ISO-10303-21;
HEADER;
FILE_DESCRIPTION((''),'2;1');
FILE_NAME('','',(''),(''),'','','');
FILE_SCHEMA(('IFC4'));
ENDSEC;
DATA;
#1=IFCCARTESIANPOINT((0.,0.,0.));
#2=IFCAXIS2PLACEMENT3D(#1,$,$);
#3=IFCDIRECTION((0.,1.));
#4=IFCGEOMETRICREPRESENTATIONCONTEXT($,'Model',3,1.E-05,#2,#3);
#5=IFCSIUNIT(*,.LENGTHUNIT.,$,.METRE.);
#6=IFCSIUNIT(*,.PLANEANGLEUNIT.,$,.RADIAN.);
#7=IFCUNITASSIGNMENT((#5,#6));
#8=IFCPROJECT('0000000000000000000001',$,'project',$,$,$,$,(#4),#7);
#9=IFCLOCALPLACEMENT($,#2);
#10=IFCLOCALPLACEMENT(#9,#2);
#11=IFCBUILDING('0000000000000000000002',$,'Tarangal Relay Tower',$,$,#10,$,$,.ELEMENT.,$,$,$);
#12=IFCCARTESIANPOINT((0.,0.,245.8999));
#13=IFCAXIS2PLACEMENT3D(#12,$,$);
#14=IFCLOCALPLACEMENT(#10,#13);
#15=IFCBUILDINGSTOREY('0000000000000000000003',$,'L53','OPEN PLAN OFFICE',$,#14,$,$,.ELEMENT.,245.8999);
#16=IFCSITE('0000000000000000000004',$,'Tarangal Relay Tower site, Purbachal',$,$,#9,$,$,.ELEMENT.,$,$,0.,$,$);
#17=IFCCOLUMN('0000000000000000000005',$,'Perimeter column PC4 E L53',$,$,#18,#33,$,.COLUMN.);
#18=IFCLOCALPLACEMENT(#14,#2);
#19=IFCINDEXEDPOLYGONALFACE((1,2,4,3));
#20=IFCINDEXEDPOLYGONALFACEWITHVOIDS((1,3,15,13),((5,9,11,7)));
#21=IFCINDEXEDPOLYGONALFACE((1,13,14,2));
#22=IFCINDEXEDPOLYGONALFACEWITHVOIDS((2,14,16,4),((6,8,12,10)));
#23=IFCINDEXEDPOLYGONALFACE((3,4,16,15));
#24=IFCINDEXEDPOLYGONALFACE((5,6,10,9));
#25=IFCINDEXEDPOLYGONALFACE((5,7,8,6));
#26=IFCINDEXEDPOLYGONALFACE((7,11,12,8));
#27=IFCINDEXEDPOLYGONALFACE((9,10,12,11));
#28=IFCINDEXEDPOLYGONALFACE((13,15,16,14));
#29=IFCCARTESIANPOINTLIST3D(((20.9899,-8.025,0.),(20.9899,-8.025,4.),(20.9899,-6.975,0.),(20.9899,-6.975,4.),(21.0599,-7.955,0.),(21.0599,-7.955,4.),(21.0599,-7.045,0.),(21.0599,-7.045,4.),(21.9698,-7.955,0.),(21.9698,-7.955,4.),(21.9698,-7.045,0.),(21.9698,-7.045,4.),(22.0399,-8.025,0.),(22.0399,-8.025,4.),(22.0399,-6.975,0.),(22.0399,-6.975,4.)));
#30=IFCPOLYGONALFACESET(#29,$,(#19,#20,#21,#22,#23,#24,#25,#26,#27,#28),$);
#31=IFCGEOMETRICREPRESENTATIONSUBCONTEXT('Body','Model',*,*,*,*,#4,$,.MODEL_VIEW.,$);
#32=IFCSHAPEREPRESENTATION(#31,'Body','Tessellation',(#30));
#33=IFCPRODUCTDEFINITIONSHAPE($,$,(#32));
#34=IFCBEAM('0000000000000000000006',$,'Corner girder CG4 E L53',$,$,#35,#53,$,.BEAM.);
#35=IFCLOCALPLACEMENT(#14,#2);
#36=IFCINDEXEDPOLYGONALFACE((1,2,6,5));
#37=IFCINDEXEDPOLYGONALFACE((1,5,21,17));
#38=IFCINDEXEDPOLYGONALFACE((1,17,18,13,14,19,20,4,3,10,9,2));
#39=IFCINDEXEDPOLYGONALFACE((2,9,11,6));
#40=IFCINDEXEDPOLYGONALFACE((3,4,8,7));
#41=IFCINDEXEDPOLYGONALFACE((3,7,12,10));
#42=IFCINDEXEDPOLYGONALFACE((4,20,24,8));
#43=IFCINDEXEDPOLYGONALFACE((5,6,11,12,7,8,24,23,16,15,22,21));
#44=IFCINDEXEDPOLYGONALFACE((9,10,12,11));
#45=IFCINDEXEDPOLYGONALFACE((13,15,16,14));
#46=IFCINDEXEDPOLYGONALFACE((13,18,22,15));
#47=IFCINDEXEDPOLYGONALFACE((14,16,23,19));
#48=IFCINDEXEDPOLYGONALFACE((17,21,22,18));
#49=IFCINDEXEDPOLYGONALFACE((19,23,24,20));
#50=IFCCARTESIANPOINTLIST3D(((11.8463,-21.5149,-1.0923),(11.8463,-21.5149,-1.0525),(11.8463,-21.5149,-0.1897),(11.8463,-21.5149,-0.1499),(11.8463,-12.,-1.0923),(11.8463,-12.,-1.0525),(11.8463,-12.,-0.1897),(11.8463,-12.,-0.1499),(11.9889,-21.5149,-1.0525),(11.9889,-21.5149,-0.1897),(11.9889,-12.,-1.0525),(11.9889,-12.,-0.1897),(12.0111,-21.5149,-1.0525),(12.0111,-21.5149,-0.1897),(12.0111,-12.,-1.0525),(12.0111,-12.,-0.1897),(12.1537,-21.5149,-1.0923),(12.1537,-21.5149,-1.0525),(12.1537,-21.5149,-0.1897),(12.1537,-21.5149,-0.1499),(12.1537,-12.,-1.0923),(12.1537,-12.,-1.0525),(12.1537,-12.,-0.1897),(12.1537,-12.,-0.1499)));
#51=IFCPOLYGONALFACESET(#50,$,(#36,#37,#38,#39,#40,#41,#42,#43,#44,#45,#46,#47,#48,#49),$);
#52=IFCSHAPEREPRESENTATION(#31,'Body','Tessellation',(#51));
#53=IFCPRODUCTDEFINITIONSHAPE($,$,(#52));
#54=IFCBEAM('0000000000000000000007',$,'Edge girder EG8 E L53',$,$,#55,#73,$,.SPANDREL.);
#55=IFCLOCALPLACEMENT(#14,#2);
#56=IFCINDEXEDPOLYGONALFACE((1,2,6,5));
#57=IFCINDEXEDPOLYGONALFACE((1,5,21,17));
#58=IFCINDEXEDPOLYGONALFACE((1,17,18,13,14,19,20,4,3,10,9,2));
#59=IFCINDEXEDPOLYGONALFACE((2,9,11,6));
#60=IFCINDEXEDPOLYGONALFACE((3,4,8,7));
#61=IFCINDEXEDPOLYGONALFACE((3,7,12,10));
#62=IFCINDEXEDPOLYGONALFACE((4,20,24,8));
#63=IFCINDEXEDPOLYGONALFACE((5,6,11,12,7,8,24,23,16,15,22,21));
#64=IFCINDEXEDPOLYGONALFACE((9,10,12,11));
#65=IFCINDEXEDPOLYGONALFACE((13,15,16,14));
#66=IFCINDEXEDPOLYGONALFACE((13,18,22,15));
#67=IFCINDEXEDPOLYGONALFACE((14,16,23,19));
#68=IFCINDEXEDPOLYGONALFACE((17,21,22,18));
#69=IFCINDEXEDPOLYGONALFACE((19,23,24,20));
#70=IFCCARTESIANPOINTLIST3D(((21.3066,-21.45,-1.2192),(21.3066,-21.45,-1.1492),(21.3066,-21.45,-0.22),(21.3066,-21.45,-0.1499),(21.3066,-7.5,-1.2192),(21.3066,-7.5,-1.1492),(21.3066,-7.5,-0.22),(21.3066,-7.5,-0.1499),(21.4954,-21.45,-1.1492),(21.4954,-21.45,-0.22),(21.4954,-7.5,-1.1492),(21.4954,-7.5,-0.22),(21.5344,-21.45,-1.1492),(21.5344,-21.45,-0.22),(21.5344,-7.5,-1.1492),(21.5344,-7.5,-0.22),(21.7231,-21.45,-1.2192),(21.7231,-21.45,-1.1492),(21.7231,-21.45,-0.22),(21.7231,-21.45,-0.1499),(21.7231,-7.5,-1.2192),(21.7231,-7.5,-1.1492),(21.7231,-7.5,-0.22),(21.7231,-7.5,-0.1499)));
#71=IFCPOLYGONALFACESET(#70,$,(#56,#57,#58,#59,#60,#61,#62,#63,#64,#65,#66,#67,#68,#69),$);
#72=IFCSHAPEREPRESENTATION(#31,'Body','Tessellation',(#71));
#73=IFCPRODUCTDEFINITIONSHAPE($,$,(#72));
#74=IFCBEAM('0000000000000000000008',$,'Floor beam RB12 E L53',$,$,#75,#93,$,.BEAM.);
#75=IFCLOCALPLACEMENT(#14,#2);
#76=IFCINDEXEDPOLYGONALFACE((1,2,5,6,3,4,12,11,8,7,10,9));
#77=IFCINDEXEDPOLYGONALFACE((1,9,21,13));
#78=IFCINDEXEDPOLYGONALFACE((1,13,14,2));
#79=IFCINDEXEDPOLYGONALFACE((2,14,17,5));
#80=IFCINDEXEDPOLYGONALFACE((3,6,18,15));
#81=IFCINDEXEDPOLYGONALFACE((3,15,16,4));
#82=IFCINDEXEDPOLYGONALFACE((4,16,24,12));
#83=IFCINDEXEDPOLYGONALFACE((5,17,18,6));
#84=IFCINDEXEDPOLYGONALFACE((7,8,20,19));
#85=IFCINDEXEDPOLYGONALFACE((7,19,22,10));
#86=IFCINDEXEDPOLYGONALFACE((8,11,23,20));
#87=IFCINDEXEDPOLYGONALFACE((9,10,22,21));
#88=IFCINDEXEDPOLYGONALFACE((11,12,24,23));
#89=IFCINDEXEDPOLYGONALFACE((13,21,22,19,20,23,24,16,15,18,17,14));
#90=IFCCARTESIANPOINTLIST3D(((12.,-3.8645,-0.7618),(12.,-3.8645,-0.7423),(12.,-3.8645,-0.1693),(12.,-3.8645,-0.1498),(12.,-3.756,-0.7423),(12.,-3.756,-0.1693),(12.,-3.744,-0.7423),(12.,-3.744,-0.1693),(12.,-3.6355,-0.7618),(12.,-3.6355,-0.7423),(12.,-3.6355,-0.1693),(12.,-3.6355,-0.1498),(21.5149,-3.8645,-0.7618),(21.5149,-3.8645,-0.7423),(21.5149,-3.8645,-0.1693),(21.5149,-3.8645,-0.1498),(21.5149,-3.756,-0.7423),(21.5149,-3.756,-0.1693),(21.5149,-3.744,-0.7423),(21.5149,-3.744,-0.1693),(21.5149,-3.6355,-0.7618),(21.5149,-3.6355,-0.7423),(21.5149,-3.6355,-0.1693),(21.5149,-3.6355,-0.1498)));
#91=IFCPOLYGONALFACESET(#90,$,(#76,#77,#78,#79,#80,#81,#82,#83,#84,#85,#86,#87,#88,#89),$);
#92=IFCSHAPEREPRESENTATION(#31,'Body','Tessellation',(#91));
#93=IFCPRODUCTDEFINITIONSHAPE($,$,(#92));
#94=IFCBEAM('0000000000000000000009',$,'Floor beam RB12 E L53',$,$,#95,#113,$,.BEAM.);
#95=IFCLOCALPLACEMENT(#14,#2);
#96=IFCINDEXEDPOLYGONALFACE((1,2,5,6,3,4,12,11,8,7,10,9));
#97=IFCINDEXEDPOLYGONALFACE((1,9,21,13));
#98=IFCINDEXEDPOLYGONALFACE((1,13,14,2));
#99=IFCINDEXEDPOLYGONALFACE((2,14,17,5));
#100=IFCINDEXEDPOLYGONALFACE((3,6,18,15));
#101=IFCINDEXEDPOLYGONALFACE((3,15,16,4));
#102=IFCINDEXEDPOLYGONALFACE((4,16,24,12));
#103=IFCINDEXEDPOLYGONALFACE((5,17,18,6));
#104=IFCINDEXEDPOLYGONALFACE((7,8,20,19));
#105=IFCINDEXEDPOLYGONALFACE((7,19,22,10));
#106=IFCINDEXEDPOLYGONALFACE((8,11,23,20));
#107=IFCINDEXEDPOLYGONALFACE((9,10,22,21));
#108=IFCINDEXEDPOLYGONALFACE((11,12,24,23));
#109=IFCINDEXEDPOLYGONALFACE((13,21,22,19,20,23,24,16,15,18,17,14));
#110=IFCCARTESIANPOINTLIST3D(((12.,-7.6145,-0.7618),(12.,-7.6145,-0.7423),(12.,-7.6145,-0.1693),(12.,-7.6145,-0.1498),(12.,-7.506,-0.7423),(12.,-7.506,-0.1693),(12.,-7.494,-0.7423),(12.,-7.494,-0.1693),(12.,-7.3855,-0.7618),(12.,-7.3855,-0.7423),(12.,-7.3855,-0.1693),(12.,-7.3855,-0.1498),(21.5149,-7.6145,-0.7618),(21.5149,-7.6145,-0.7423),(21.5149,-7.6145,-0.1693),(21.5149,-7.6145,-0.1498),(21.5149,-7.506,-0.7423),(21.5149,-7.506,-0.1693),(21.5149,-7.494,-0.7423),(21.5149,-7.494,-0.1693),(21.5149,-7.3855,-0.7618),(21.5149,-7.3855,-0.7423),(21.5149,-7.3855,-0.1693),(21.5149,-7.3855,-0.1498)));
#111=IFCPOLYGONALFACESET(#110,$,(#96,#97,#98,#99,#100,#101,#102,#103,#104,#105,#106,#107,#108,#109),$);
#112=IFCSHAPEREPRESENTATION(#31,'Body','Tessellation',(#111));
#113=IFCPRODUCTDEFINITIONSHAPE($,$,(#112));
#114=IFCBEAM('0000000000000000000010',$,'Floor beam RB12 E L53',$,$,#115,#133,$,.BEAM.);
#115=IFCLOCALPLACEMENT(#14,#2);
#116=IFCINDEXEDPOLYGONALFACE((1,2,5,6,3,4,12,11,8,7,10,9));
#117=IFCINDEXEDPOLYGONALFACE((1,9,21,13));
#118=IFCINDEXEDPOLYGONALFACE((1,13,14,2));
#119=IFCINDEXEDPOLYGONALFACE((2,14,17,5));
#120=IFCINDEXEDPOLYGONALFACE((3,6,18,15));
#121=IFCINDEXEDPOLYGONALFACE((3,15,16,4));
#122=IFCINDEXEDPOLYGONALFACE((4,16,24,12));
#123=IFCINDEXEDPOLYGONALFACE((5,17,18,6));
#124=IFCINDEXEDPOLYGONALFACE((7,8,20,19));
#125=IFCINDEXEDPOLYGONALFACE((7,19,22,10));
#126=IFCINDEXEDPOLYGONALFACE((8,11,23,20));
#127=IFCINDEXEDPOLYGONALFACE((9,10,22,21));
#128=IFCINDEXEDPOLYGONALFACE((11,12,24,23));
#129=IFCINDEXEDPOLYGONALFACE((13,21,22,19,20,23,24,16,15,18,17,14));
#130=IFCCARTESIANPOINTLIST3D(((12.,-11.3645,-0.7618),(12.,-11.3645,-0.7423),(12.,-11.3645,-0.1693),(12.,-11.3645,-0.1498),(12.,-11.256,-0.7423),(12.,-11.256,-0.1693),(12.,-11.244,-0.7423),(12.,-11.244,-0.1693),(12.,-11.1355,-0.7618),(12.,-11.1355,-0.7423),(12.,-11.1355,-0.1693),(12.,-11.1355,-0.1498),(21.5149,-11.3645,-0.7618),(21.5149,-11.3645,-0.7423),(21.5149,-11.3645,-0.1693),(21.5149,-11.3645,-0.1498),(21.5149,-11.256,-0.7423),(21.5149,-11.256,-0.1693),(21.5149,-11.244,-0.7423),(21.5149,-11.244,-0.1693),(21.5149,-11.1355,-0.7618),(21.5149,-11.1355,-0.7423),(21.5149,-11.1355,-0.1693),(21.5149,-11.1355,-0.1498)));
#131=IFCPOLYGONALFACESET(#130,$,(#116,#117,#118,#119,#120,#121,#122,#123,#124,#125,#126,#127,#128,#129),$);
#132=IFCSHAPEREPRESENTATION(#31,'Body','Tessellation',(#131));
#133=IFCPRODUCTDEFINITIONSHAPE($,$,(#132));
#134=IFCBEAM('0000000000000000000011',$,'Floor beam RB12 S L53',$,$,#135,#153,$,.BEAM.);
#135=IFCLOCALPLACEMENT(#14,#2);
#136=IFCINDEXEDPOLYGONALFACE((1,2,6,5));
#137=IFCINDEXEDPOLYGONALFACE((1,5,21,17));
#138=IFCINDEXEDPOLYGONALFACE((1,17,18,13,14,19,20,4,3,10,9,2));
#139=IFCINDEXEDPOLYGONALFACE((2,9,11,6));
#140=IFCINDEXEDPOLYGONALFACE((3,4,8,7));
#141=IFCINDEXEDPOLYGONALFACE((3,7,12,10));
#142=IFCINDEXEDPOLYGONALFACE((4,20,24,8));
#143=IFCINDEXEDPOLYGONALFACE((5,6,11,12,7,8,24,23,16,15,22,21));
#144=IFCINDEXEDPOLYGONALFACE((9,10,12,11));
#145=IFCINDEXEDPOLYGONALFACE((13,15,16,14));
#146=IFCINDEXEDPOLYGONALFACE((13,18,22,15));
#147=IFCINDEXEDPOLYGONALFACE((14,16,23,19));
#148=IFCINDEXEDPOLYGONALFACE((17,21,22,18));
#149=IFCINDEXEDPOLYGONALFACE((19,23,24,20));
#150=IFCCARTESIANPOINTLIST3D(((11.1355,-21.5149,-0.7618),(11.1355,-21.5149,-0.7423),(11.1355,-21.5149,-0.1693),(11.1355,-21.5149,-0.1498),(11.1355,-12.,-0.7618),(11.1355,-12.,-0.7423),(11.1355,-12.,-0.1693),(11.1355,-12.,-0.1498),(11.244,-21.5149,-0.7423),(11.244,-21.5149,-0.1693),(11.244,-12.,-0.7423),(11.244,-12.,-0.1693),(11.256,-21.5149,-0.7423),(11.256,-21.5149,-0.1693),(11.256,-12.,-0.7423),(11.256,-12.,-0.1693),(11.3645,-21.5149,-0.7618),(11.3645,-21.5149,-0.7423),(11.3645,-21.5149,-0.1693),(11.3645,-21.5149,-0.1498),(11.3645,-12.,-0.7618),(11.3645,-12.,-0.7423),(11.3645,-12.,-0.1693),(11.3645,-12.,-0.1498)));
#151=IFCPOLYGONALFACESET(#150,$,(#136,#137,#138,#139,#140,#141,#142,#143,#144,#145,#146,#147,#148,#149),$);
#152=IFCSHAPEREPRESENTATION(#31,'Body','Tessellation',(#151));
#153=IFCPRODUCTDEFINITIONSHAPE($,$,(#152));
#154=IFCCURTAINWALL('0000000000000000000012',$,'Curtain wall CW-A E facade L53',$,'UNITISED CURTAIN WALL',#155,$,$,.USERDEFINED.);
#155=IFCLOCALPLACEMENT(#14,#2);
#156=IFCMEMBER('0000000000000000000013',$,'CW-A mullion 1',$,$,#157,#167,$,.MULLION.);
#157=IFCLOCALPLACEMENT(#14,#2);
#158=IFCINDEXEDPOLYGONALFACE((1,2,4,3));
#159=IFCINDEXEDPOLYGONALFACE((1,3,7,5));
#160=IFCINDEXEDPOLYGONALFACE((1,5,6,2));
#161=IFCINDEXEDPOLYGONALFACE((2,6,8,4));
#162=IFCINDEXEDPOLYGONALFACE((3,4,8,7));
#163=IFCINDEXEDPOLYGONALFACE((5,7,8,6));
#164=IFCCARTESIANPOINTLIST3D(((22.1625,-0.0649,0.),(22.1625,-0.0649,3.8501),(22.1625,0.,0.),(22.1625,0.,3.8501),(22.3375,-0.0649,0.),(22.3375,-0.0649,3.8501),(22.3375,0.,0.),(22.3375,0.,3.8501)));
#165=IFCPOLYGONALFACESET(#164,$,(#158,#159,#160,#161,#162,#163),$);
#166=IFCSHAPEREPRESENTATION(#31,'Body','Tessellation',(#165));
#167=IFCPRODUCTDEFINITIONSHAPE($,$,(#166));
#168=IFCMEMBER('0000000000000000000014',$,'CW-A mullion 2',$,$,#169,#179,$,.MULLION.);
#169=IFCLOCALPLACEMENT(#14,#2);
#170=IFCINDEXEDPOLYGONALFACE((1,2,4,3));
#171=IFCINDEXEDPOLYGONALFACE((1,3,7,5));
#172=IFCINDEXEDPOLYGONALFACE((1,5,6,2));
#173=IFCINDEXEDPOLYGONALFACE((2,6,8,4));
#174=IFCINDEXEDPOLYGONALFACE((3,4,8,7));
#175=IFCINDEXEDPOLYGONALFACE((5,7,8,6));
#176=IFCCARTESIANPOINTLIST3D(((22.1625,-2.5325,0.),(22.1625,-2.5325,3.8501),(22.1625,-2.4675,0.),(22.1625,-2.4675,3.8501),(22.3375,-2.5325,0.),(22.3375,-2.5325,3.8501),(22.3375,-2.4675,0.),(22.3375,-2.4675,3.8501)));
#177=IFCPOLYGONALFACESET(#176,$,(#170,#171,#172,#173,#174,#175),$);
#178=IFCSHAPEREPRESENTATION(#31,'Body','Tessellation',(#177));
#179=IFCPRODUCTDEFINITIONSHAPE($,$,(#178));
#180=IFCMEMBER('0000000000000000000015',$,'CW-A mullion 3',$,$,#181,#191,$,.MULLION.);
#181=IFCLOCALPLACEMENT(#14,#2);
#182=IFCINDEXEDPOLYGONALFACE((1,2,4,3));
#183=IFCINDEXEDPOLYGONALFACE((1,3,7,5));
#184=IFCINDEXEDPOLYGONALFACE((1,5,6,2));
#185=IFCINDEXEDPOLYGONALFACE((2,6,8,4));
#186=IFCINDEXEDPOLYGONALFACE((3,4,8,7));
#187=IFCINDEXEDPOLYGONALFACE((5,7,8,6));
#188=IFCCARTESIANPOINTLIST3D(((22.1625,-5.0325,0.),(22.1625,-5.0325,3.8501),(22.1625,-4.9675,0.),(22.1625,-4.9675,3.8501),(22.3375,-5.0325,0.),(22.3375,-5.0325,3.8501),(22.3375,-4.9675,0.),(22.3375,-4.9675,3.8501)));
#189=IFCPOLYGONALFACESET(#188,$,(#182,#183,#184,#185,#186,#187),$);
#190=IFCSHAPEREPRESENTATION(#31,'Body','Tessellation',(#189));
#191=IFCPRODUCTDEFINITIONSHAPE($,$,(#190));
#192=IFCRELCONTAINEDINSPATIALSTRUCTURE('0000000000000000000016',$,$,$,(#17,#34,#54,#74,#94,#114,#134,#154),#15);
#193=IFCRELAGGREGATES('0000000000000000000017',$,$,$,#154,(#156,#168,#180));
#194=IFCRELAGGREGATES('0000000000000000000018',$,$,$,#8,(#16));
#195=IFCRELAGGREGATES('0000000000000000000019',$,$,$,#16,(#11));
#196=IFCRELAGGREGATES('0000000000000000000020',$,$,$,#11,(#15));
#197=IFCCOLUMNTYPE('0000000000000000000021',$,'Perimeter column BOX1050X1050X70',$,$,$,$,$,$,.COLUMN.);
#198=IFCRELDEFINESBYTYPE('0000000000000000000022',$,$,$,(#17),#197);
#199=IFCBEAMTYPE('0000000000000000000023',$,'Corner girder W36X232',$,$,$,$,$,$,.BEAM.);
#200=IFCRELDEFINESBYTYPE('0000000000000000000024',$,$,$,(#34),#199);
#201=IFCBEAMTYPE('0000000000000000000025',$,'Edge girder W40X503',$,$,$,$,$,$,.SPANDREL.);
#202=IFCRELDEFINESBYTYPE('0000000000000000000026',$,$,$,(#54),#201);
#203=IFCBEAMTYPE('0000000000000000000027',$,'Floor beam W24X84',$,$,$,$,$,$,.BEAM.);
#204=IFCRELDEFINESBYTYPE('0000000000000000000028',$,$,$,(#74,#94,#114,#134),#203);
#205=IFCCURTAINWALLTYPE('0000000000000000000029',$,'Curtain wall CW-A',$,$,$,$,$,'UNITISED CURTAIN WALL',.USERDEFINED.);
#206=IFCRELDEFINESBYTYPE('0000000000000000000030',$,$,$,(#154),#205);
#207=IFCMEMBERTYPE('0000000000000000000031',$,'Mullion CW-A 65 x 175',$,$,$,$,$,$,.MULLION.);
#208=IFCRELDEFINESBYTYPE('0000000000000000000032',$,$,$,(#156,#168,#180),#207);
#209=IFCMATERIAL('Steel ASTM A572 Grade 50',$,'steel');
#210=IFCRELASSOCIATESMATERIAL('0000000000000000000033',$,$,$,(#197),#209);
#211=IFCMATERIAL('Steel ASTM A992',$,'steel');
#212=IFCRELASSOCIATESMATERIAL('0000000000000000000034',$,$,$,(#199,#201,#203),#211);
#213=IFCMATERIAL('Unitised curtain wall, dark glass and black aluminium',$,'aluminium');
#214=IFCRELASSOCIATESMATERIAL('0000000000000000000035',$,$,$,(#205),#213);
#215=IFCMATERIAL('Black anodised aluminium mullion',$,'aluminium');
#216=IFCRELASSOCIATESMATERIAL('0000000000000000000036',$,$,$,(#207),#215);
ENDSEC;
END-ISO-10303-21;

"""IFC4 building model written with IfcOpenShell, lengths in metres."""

from ifc_helpers import new_model, si_unit, direction, frame, origin, origin_2d, place, context, subcontext, project, spatial, rectangle, hollow_rectangle, i_section, extrude, material, material_profile, profile_set, type_object, element, aggregate, save


model = new_model("IFC4")

# Units and contexts
model_context = context("Model", 3, precision=1e-05, world=origin(), true_north=direction((0.0, 1.0)))
body_context = subcontext(model_context, "Body", "Model", "MODEL_VIEW")
ifc_project = project(units=[si_unit("LENGTHUNIT", "METRE"), si_unit("PLANEANGLEUNIT", "RADIAN")], contexts=[model_context])

# Site, building, storey
site_placement = place(None, origin())
site = spatial("IfcSite", under=ifc_project, at=site_placement, Name="Tarangal Relay Tower site, Purbachal", CompositionType="ELEMENT", RefElevation=0.0)
building_placement = place(site_placement, origin())
building = spatial("IfcBuilding", under=site, at=building_placement, Name="Tarangal Relay Tower", CompositionType="ELEMENT")
storey_placement = place(building_placement, frame((0.0, 0.0, 245.8999)))
storey = spatial("IfcBuildingStorey", under=building, at=storey_placement, Name="L53", Description="OPEN PLAN OFFICE", CompositionType="ELEMENT", Elevation=245.8999)

# Column
ifc_material_1 = material(Name="Steel ASTM A572 Grade 50", Category="steel")
ifc_material_profile_1 = material_profile(ifc_material_1, hollow_rectangle(XDim=1.05, YDim=1.05, WallThickness=0.0701, at=origin_2d()), Name="BOX1050X1050X70")
ifc_profile_set_1 = profile_set([ifc_material_profile_1], Name="Steel ASTM A572 Grade 50")
column_type = type_object("IfcColumnType", Name="Perimeter column BOX1050X1050X70", PredefinedType="COLUMN", material=ifc_profile_set_1)
column_placement = place(storey_placement, frame((21.5149, -7.5, 0.0), z_axis=(0.0, 0.0, 1.0), x_axis=(1.0, 0.0, 0.0)))
element("IfcColumn", 1, at=column_placement, inside=storey, type_object=column_type, Name="Perimeter column PC4 E L53", PredefinedType="COLUMN", context=body_context, shape_type="SweptSolid", body=[
    extrude(hollow_rectangle(XDim=1.05, YDim=1.05, WallThickness=0.0701, at=origin_2d()), origin(), (0.0, 0.0, 1.0), 4.0),
])

# Beams
ifc_material_2 = material(Name="Steel ASTM A992", Category="steel")
ifc_material_profile_2 = material_profile(ifc_material_2, i_section(OverallWidth=0.3074, OverallDepth=0.9424, WebThickness=0.0222, FlangeThickness=0.0398, at=origin_2d()), Name="W36X232")
ifc_profile_set_2 = profile_set([ifc_material_profile_2], Name="Steel ASTM A992")
beam_type_1 = type_object("IfcBeamType", Name="Corner girder W36X232", PredefinedType="BEAM", material=ifc_profile_set_2)
beam_1_placement = place(storey_placement, frame((12.0, -12.0, -0.6211), z_axis=(0.0, -1.0, 0.0), x_axis=(1.0, 0.0, 0.0)))
element("IfcBeam", 2, at=beam_1_placement, inside=storey, type_object=beam_type_1, Name="Corner girder CG4 E L53", PredefinedType="BEAM", context=body_context, shape_type="SweptSolid", body=[
    extrude(i_section(OverallWidth=0.3074, OverallDepth=0.9424, WebThickness=0.0222, FlangeThickness=0.0398, at=origin_2d()), origin(), (0.0, 0.0, 1.0), 9.5149),
])
ifc_material_profile_3 = material_profile(ifc_material_2, i_section(OverallWidth=0.4165, OverallDepth=1.0693, WebThickness=0.0391, FlangeThickness=0.0701, at=origin_2d()), Name="W40X503")
ifc_profile_set_3 = profile_set([ifc_material_profile_3], Name="Steel ASTM A992")
beam_type_2 = type_object("IfcBeamType", Name="Edge girder W40X503", PredefinedType="SPANDREL", material=ifc_profile_set_3)
beam_2_placement = place(storey_placement, frame((21.5149, -7.5, -0.6846), z_axis=(0.0, -1.0, 0.0), x_axis=(1.0, 0.0, 0.0)))
element("IfcBeam", 3, at=beam_2_placement, inside=storey, type_object=beam_type_2, Name="Edge girder EG8 E L53", PredefinedType="SPANDREL", context=body_context, shape_type="SweptSolid", body=[
    extrude(i_section(OverallWidth=0.4165, OverallDepth=1.0693, WebThickness=0.0391, FlangeThickness=0.0701, at=origin_2d()), origin(), (0.0, 0.0, 1.0), 13.95),
])
ifc_material_profile_4 = material_profile(ifc_material_2, i_section(OverallWidth=0.229, OverallDepth=0.6121, WebThickness=0.012, FlangeThickness=0.0195, at=origin_2d()), Name="W24X84")
ifc_profile_set_4 = profile_set([ifc_material_profile_4], Name="Steel ASTM A992")
beam_type_3 = type_object("IfcBeamType", Name="Floor beam W24X84", PredefinedType="BEAM", material=ifc_profile_set_4)
for number, where, z_axis, x_axis, name in (
    (4, (12.0, -3.75, -0.4558), (1.0, 0.0, 0.0), (0.0, 1.0, 0.0), "Floor beam RB12 E L53"),
    (5, (12.0, -7.5, -0.4558), (1.0, 0.0, 0.0), (0.0, 1.0, 0.0), "Floor beam RB12 E L53"),
    (6, (12.0, -11.25, -0.4558), (1.0, 0.0, 0.0), (0.0, 1.0, 0.0), "Floor beam RB12 E L53"),
    (7, (11.25, -12.0, -0.4558), (0.0, -1.0, 0.0), (1.0, 0.0, 0.0), "Floor beam RB12 S L53"),
):
    element("IfcBeam", number, at=place(storey_placement, frame(where, z_axis=z_axis, x_axis=x_axis)), inside=storey, type_object=beam_type_3, Name=name, PredefinedType="BEAM", context=body_context, shape_type="SweptSolid", body=[
        extrude(i_section(OverallWidth=0.229, OverallDepth=0.6121, WebThickness=0.012, FlangeThickness=0.0195, at=origin_2d()), origin(), (0.0, 0.0, 1.0), 9.5149),
    ])

# Curtain wall, members
ifc_material_3 = material(Name="Unitised curtain wall, dark glass and black aluminium", Category="aluminium")
curtain_wall_type = type_object("IfcCurtainWallType", Name="Curtain wall CW-A", ElementType="UNITISED CURTAIN WALL", PredefinedType="USERDEFINED", material=ifc_material_3)
curtain_wall_1_placement = place(storey_placement, origin())
curtain_wall_1 = element("IfcCurtainWall", 8, at=curtain_wall_1_placement, inside=storey, type_object=curtain_wall_type, Name="Curtain wall CW-A E facade L53", ObjectType="UNITISED CURTAIN WALL", PredefinedType="USERDEFINED")
ifc_material_4 = material(Name="Black anodised aluminium mullion", Category="aluminium")
ifc_material_profile_5 = material_profile(ifc_material_4, rectangle(XDim=0.175, YDim=0.0649, at=origin_2d()), Name="CW-AM 65X175")
ifc_profile_set_5 = profile_set([ifc_material_profile_5], Name="Black anodised aluminium mullion")
member_type_1 = type_object("IfcMemberType", Name="Mullion CW-A 65 x 175", PredefinedType="MULLION", material=ifc_profile_set_5)
member_1_placement = place(storey_placement, frame((22.25, -0.0325, 0.0), z_axis=(0.0, 0.0, 1.0), x_axis=(1.0, 0.0, 0.0)))
member_1 = element("IfcMember", 9, at=member_1_placement, type_object=member_type_1, Name="CW-A mullion 1", PredefinedType="MULLION", context=body_context, shape_type="SweptSolid", body=[
    extrude(rectangle(XDim=0.175, YDim=0.0649, at=origin_2d()), origin(), (0.0, 0.0, 1.0), 3.8501),
])
member_2_placement = place(storey_placement, frame((22.25, -2.5, 0.0), z_axis=(0.0, 0.0, 1.0), x_axis=(1.0, 0.0, 0.0)))
member_2 = element("IfcMember", 10, at=member_2_placement, type_object=member_type_1, Name="CW-A mullion 2", PredefinedType="MULLION", context=body_context, shape_type="SweptSolid", body=[
    extrude(rectangle(XDim=0.175, YDim=0.0649, at=origin_2d()), origin(), (0.0, 0.0, 1.0), 3.8501),
])
member_3_placement = place(storey_placement, frame((22.25, -5.0, 0.0), z_axis=(0.0, 0.0, 1.0), x_axis=(1.0, 0.0, 0.0)))
member_3 = element("IfcMember", 11, at=member_3_placement, type_object=member_type_1, Name="CW-A mullion 3", PredefinedType="MULLION", context=body_context, shape_type="SweptSolid", body=[
    extrude(rectangle(XDim=0.175, YDim=0.0649, at=origin_2d()), origin(), (0.0, 0.0, 1.0), 3.8501),
])

aggregate(curtain_wall_1, [member_1, member_2, member_3])

save(model, "model.ifc")
